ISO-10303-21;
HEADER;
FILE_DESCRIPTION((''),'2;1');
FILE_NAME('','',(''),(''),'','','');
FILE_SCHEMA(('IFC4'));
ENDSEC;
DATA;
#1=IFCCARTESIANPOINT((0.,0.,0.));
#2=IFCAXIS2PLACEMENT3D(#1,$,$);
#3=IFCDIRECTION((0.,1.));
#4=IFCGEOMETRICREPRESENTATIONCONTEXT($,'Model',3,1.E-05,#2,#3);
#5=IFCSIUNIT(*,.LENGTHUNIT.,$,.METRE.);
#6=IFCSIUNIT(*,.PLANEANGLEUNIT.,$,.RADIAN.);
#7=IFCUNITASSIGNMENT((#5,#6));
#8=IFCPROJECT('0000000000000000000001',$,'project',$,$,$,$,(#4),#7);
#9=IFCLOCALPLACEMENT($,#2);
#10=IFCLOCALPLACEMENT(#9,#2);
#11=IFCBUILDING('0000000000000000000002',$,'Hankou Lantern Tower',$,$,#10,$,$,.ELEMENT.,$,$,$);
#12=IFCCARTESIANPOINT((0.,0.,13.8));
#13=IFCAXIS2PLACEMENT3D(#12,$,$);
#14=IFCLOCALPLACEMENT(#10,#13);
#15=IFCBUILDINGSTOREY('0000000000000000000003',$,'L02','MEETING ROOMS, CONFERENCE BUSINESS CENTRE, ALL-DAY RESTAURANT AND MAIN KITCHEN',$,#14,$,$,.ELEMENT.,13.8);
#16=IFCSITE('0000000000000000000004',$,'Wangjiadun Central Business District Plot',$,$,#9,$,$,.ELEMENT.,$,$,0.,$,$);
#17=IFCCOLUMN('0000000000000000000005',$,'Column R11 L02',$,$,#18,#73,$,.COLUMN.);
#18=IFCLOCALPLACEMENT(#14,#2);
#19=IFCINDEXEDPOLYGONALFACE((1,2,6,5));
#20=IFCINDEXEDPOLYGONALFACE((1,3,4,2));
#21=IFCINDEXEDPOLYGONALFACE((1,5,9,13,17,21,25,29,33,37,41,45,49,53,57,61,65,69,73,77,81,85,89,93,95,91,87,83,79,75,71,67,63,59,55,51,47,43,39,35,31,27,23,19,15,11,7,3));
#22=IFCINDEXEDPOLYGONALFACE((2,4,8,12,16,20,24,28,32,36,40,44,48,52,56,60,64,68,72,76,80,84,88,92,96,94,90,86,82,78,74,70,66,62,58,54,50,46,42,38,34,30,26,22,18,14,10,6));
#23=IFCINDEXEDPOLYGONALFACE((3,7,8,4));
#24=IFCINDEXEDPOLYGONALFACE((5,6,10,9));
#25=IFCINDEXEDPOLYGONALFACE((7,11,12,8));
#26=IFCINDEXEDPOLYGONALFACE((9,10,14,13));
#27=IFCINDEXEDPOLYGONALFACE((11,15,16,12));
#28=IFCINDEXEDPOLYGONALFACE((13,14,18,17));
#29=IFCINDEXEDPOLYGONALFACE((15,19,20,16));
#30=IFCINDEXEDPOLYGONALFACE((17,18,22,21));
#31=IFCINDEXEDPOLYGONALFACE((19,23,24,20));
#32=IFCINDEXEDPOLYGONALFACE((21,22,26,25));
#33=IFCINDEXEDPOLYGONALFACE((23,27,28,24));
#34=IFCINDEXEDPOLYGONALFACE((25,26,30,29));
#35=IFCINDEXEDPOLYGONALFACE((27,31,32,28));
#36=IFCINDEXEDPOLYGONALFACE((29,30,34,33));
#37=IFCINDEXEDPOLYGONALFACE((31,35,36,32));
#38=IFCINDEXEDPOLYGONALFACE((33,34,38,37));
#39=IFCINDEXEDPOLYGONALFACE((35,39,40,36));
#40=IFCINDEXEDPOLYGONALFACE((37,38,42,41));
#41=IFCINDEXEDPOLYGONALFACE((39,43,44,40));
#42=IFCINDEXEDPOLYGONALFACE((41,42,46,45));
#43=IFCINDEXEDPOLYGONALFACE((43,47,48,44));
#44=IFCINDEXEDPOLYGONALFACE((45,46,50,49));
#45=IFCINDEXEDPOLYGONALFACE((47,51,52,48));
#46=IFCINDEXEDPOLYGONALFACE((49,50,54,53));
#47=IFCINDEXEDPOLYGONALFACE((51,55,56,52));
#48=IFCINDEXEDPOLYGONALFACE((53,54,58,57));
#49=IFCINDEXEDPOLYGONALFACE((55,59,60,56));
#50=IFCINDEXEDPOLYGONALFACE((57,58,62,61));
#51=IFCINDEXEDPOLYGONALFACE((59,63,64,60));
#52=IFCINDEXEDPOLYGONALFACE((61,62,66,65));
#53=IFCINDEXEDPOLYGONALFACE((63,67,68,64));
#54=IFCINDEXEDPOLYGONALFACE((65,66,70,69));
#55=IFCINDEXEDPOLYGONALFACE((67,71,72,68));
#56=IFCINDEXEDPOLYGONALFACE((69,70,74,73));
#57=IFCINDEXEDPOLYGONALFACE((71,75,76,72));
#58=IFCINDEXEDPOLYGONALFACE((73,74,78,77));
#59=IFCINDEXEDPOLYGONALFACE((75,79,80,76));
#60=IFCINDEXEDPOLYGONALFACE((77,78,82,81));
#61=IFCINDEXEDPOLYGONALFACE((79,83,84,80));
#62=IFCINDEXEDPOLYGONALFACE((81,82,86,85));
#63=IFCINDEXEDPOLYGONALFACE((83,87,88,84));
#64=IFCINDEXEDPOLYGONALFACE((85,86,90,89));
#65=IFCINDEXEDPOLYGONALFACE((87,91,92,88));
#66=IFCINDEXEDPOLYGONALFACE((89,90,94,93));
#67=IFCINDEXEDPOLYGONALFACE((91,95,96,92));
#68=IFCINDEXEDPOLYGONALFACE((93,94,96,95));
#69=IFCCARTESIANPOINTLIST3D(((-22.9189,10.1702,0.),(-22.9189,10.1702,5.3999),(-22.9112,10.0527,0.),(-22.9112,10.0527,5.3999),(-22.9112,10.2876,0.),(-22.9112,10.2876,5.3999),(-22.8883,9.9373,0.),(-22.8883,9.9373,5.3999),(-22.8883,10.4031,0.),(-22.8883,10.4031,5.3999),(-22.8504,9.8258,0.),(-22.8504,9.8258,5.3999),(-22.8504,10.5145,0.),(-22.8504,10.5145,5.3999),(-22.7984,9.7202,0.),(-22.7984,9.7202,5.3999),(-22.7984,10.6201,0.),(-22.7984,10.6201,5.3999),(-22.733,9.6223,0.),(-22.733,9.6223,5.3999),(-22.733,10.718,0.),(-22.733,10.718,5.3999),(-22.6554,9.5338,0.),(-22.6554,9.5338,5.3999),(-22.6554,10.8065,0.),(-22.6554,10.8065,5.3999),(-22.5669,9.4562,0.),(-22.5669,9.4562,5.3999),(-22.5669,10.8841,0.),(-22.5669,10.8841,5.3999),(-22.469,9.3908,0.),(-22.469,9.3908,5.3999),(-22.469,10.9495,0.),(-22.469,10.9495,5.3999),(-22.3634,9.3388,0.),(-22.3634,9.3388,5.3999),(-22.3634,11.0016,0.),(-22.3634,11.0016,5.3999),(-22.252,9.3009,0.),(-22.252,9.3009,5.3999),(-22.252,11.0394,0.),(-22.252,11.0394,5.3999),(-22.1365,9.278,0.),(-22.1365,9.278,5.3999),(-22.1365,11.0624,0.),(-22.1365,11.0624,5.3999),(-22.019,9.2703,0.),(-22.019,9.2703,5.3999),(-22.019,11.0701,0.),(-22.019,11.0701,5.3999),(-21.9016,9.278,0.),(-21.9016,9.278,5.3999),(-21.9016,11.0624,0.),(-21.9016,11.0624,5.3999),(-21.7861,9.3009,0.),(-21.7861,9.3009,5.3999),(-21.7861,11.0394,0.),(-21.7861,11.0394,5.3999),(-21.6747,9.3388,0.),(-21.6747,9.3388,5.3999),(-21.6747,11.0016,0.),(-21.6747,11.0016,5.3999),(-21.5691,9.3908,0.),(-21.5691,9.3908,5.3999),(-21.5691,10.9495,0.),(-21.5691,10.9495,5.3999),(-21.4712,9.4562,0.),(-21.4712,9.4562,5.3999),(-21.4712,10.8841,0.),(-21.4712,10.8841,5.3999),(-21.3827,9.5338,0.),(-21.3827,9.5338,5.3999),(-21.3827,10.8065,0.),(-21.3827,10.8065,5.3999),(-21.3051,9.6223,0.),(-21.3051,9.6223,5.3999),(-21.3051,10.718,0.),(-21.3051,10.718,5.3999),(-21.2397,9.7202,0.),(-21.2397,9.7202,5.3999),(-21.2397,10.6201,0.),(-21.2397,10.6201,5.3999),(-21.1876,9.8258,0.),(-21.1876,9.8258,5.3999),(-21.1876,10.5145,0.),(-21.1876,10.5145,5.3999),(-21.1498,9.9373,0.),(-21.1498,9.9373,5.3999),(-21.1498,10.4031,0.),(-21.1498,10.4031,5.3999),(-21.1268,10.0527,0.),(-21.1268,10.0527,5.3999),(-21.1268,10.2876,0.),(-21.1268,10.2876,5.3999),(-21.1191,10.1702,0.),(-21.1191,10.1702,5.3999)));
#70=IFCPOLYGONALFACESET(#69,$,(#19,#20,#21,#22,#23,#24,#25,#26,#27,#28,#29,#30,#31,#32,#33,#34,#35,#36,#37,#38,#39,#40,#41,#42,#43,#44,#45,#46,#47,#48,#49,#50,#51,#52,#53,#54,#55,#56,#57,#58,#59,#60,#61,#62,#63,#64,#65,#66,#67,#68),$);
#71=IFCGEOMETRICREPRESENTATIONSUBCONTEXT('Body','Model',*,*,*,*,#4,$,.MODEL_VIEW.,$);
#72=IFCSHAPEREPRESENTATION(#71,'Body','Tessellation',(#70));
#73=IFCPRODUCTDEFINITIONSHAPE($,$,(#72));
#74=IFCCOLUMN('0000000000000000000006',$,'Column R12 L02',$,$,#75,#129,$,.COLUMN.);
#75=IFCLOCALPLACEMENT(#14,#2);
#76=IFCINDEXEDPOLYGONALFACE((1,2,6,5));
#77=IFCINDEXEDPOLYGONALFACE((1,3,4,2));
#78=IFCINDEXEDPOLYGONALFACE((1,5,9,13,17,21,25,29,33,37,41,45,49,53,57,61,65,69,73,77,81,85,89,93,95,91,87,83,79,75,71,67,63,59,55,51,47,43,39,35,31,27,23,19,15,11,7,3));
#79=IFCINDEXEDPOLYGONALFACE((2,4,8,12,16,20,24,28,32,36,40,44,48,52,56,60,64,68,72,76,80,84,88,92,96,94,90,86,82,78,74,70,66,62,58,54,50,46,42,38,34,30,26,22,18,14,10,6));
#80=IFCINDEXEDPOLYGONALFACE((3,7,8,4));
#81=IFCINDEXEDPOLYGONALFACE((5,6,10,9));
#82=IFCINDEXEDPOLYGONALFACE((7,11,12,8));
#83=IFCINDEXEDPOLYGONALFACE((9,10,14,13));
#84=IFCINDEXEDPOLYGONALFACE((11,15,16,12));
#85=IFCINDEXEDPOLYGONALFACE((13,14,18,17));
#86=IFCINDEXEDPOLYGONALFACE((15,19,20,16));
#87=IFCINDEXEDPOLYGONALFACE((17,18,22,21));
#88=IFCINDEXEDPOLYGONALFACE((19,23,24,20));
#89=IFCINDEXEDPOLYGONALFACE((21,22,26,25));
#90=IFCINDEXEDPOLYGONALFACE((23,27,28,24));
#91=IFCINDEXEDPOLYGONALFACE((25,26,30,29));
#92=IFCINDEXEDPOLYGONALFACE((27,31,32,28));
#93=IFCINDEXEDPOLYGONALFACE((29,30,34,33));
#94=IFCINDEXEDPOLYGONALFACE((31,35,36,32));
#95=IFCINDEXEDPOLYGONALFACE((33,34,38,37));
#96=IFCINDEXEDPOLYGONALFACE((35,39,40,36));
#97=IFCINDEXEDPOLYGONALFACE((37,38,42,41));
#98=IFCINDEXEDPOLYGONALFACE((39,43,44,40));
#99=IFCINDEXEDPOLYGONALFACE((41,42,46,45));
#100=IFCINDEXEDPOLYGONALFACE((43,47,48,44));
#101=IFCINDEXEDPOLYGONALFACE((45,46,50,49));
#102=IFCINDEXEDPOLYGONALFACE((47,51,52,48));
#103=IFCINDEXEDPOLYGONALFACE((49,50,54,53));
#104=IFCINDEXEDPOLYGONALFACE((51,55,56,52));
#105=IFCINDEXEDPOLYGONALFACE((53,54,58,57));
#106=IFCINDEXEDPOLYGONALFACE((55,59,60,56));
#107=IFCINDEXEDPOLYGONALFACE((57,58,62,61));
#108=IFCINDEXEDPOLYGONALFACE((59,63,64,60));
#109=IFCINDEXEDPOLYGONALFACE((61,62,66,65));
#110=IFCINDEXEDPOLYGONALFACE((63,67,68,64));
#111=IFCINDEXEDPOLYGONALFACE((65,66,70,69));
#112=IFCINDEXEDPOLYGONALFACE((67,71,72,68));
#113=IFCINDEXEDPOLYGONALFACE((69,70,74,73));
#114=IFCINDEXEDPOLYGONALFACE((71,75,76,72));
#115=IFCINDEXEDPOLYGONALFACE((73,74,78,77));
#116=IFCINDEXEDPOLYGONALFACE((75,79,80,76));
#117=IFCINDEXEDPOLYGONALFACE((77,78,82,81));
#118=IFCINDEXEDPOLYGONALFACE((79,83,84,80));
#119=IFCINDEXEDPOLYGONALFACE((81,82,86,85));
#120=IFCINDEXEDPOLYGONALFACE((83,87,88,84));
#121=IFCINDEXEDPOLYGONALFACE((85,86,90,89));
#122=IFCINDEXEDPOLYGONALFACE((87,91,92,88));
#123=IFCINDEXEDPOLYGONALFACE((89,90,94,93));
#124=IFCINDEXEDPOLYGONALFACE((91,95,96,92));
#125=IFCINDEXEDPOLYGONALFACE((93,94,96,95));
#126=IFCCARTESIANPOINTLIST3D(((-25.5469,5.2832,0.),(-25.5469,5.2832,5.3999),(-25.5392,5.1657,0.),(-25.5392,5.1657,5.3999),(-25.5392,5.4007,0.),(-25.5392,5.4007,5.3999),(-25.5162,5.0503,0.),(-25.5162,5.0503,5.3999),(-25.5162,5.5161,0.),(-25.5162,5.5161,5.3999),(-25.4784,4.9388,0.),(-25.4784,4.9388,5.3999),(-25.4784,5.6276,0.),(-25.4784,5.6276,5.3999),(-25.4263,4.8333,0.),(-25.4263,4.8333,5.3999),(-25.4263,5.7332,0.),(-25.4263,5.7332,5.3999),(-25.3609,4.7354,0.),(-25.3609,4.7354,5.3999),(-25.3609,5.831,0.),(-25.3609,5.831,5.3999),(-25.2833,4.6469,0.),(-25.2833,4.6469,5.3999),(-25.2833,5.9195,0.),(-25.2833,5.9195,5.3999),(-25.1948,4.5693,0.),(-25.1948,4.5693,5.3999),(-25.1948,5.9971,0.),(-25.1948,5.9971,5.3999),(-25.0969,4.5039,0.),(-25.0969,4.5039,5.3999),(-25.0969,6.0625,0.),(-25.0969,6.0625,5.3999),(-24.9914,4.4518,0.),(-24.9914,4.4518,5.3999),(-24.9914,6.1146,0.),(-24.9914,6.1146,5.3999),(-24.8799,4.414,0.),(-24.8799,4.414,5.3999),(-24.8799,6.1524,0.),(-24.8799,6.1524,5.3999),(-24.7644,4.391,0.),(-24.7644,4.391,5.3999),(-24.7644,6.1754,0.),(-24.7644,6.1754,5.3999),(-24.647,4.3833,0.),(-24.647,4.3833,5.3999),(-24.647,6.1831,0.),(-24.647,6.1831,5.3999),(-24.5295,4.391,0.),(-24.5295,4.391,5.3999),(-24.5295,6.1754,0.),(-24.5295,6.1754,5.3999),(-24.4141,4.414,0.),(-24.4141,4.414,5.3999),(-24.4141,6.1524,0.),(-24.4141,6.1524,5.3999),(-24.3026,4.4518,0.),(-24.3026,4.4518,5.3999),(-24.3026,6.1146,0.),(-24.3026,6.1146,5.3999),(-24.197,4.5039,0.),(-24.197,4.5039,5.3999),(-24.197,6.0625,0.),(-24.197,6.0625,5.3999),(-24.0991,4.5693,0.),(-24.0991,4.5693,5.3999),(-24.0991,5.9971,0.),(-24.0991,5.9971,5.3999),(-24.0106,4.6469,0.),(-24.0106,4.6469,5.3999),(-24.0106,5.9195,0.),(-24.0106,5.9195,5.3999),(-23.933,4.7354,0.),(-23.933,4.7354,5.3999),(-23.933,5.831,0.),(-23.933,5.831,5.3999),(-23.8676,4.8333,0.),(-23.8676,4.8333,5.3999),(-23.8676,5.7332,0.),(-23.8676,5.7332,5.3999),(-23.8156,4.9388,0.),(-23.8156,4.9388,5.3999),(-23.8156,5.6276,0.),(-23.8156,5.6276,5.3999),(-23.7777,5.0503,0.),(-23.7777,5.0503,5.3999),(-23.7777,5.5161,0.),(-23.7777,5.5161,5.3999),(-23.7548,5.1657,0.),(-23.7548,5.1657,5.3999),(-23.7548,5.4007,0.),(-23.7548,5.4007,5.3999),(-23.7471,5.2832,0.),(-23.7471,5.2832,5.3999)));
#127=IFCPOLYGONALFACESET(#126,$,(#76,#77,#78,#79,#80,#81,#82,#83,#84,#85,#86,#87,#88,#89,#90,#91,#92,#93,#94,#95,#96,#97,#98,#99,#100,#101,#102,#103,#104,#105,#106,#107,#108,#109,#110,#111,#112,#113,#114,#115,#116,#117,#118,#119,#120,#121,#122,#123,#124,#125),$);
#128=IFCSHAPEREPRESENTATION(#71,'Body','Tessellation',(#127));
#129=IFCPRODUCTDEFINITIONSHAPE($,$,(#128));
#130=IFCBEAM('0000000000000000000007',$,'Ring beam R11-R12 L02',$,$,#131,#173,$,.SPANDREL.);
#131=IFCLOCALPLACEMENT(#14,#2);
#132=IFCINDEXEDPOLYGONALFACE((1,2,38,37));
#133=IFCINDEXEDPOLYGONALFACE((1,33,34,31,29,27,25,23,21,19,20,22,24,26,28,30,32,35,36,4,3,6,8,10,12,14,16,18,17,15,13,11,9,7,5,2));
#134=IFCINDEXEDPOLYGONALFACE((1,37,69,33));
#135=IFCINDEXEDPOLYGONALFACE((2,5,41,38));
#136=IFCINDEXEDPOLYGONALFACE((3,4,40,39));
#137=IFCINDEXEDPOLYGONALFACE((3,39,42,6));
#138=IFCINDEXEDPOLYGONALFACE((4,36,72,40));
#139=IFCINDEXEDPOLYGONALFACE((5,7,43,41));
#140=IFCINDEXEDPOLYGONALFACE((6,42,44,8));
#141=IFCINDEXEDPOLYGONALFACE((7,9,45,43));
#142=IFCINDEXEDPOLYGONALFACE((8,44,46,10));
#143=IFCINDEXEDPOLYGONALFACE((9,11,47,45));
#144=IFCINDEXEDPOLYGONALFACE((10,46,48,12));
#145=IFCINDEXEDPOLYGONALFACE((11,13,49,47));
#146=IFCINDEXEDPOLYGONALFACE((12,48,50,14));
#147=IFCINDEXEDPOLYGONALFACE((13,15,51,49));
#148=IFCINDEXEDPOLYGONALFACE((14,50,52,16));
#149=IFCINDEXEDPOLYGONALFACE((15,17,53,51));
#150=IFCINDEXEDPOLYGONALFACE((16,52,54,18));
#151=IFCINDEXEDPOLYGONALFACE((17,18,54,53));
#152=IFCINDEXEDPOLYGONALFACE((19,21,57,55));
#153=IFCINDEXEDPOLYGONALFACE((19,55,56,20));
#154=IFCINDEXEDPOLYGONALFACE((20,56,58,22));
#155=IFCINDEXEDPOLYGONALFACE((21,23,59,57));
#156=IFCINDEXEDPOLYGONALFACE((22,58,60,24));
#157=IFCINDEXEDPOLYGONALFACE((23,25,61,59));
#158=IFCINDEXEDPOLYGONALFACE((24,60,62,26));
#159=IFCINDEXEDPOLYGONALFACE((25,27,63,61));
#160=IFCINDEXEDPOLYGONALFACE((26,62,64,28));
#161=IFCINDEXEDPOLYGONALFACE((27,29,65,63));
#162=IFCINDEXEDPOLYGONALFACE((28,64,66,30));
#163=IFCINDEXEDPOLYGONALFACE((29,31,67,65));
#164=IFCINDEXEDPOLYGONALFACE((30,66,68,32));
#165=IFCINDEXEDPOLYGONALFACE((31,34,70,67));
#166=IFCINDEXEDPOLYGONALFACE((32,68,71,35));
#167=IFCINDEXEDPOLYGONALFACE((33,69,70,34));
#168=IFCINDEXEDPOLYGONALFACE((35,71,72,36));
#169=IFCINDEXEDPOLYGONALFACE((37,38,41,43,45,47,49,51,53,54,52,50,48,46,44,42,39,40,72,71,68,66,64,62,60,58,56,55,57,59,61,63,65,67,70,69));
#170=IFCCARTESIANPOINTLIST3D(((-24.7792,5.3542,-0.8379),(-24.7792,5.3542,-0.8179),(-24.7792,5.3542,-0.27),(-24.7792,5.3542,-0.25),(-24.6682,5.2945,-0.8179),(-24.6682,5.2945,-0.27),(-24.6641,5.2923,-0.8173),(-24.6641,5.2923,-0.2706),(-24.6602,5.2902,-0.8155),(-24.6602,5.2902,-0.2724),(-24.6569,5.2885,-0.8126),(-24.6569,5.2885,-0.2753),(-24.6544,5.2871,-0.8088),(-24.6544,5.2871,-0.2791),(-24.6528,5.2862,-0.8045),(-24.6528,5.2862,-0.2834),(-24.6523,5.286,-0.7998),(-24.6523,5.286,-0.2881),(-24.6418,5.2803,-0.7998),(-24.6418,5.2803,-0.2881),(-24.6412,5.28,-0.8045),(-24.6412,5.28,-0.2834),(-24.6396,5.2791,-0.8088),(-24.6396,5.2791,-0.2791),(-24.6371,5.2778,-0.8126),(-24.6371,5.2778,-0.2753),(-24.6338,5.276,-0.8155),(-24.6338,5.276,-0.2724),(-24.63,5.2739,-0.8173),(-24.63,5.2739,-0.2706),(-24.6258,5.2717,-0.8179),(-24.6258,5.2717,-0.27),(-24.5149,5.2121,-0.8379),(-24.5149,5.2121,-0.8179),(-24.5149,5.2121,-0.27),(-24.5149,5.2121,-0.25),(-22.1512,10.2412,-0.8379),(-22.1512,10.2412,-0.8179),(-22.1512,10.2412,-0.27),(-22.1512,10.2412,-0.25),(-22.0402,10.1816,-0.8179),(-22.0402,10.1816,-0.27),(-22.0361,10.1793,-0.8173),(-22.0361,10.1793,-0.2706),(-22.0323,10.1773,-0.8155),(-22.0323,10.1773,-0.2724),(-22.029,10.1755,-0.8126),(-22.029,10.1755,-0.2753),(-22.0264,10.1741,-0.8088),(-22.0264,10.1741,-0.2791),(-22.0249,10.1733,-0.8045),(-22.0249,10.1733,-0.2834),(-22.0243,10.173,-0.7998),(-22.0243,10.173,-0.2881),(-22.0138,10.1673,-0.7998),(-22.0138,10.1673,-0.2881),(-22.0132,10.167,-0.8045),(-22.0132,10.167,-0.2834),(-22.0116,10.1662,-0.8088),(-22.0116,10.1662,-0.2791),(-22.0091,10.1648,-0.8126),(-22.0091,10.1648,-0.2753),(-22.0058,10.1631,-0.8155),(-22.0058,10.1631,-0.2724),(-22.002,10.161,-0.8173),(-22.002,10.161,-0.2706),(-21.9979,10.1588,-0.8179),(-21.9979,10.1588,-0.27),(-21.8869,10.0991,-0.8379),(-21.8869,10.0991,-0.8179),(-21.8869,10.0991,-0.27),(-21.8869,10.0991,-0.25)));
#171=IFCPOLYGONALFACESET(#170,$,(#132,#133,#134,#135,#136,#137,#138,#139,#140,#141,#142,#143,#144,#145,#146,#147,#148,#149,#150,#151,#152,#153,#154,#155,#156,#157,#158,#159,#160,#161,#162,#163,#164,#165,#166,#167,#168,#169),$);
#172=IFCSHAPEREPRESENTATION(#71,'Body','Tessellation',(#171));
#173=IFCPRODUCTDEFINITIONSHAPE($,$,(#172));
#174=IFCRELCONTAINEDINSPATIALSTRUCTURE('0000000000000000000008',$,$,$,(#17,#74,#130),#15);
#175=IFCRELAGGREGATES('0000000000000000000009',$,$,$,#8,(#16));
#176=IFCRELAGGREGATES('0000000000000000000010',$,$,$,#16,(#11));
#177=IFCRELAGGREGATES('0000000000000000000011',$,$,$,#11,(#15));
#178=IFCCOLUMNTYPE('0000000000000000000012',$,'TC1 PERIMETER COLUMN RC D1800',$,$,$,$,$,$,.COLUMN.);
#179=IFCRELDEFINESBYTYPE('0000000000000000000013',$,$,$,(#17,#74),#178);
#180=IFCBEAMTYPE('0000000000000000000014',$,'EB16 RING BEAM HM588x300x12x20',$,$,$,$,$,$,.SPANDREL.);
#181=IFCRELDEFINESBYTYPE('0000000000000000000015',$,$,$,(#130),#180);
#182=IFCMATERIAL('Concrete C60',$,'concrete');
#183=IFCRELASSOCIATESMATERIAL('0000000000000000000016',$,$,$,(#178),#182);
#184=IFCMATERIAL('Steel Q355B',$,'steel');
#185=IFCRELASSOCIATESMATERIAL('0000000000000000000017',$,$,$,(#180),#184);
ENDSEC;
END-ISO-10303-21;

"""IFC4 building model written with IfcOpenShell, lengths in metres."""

from ifc_helpers import new_model, si_unit, direction, frame, origin, origin_2d, place, context, subcontext, project, spatial, circle, i_section, extrude, material, material_profile, profile_set, type_object, element, save


model = new_model("IFC4")

# Units and contexts
model_context = context("Model", 3, precision=1e-05, world=origin(), true_north=direction((0.0, 1.0)))
body_context = subcontext(model_context, "Body", "Model", "MODEL_VIEW")
ifc_project = project(units=[si_unit("LENGTHUNIT", "METRE"), si_unit("PLANEANGLEUNIT", "RADIAN")], contexts=[model_context])

# Site, building, storey
site_placement = place(None, origin())
site = spatial("IfcSite", under=ifc_project, at=site_placement, Name="Wangjiadun Central Business District Plot", CompositionType="ELEMENT", RefElevation=0.0)
building_placement = place(site_placement, origin())
building = spatial("IfcBuilding", under=site, at=building_placement, Name="Hankou Lantern Tower", CompositionType="ELEMENT")
storey_placement = place(building_placement, frame((0.0, 0.0, 13.8)))
storey = spatial("IfcBuildingStorey", under=building, at=storey_placement, Name="L02", Description="MEETING ROOMS, CONFERENCE BUSINESS CENTRE, ALL-DAY RESTAURANT AND MAIN KITCHEN", CompositionType="ELEMENT", Elevation=13.8)

# Columns
ifc_material_1 = material(Name="Concrete C60", Category="concrete")
ifc_material_profile_1 = material_profile(ifc_material_1, circle(Radius=0.8999, at=origin_2d()), Name="RC D1800")
ifc_profile_set_1 = profile_set([ifc_material_profile_1], Name="Concrete C60")
column_type = type_object("IfcColumnType", Name="TC1 PERIMETER COLUMN RC D1800", PredefinedType="COLUMN", material=ifc_profile_set_1)
for number, where, z_axis, x_axis, name in (
    (1, (-22.019, 10.1702, 0.0), (0.0, 0.0, 1.0), (1.0, 0.0, 0.0), "Column R11 L02"),
    (2, (-24.647, 5.2832, 0.0), (0.0, 0.0, 1.0), (1.0, 0.0, 0.0), "Column R12 L02"),
):
    element("IfcColumn", number, at=place(storey_placement, frame(where, z_axis=z_axis, x_axis=x_axis)), inside=storey, type_object=column_type, Name=name, PredefinedType="COLUMN", context=body_context, shape_type="SweptSolid", body=[
        extrude(circle(Radius=0.8999, at=origin_2d()), origin(), (0.0, 0.0, 1.0), 5.3999),
    ])

# Beam
ifc_material_2 = material(Name="Steel Q355B", Category="steel")
ifc_material_profile_2 = material_profile(ifc_material_2, i_section(OverallWidth=0.3, OverallDepth=0.5879, WebThickness=0.012, FlangeThickness=0.02, FilletRadius=0.0181, at=origin_2d()), Name="HM588x300x12x20")
ifc_profile_set_2 = profile_set([ifc_material_profile_2], Name="Steel Q355B")
beam_type_1 = type_object("IfcBeamType", Name="EB16 RING BEAM HM588x300x12x20", PredefinedType="SPANDREL", material=ifc_profile_set_2)
beam_1_placement = place(storey_placement, frame((-22.019, 10.1702, -0.5439), z_axis=(-0.473609, -0.880735, 0.0), x_axis=(0.880735, -0.473609, 0.0)))
element("IfcBeam", 3, at=beam_1_placement, inside=storey, type_object=beam_type_1, Name="Ring beam R11-R12 L02", PredefinedType="SPANDREL", context=body_context, shape_type="SweptSolid", body=[
    extrude(i_section(OverallWidth=0.3, OverallDepth=0.5879, WebThickness=0.012, FlangeThickness=0.02, FilletRadius=0.0181, at=origin_2d()), origin(), (0.0, 0.0, 1.0), 5.5488),
])

save(model, "model.ifc")
